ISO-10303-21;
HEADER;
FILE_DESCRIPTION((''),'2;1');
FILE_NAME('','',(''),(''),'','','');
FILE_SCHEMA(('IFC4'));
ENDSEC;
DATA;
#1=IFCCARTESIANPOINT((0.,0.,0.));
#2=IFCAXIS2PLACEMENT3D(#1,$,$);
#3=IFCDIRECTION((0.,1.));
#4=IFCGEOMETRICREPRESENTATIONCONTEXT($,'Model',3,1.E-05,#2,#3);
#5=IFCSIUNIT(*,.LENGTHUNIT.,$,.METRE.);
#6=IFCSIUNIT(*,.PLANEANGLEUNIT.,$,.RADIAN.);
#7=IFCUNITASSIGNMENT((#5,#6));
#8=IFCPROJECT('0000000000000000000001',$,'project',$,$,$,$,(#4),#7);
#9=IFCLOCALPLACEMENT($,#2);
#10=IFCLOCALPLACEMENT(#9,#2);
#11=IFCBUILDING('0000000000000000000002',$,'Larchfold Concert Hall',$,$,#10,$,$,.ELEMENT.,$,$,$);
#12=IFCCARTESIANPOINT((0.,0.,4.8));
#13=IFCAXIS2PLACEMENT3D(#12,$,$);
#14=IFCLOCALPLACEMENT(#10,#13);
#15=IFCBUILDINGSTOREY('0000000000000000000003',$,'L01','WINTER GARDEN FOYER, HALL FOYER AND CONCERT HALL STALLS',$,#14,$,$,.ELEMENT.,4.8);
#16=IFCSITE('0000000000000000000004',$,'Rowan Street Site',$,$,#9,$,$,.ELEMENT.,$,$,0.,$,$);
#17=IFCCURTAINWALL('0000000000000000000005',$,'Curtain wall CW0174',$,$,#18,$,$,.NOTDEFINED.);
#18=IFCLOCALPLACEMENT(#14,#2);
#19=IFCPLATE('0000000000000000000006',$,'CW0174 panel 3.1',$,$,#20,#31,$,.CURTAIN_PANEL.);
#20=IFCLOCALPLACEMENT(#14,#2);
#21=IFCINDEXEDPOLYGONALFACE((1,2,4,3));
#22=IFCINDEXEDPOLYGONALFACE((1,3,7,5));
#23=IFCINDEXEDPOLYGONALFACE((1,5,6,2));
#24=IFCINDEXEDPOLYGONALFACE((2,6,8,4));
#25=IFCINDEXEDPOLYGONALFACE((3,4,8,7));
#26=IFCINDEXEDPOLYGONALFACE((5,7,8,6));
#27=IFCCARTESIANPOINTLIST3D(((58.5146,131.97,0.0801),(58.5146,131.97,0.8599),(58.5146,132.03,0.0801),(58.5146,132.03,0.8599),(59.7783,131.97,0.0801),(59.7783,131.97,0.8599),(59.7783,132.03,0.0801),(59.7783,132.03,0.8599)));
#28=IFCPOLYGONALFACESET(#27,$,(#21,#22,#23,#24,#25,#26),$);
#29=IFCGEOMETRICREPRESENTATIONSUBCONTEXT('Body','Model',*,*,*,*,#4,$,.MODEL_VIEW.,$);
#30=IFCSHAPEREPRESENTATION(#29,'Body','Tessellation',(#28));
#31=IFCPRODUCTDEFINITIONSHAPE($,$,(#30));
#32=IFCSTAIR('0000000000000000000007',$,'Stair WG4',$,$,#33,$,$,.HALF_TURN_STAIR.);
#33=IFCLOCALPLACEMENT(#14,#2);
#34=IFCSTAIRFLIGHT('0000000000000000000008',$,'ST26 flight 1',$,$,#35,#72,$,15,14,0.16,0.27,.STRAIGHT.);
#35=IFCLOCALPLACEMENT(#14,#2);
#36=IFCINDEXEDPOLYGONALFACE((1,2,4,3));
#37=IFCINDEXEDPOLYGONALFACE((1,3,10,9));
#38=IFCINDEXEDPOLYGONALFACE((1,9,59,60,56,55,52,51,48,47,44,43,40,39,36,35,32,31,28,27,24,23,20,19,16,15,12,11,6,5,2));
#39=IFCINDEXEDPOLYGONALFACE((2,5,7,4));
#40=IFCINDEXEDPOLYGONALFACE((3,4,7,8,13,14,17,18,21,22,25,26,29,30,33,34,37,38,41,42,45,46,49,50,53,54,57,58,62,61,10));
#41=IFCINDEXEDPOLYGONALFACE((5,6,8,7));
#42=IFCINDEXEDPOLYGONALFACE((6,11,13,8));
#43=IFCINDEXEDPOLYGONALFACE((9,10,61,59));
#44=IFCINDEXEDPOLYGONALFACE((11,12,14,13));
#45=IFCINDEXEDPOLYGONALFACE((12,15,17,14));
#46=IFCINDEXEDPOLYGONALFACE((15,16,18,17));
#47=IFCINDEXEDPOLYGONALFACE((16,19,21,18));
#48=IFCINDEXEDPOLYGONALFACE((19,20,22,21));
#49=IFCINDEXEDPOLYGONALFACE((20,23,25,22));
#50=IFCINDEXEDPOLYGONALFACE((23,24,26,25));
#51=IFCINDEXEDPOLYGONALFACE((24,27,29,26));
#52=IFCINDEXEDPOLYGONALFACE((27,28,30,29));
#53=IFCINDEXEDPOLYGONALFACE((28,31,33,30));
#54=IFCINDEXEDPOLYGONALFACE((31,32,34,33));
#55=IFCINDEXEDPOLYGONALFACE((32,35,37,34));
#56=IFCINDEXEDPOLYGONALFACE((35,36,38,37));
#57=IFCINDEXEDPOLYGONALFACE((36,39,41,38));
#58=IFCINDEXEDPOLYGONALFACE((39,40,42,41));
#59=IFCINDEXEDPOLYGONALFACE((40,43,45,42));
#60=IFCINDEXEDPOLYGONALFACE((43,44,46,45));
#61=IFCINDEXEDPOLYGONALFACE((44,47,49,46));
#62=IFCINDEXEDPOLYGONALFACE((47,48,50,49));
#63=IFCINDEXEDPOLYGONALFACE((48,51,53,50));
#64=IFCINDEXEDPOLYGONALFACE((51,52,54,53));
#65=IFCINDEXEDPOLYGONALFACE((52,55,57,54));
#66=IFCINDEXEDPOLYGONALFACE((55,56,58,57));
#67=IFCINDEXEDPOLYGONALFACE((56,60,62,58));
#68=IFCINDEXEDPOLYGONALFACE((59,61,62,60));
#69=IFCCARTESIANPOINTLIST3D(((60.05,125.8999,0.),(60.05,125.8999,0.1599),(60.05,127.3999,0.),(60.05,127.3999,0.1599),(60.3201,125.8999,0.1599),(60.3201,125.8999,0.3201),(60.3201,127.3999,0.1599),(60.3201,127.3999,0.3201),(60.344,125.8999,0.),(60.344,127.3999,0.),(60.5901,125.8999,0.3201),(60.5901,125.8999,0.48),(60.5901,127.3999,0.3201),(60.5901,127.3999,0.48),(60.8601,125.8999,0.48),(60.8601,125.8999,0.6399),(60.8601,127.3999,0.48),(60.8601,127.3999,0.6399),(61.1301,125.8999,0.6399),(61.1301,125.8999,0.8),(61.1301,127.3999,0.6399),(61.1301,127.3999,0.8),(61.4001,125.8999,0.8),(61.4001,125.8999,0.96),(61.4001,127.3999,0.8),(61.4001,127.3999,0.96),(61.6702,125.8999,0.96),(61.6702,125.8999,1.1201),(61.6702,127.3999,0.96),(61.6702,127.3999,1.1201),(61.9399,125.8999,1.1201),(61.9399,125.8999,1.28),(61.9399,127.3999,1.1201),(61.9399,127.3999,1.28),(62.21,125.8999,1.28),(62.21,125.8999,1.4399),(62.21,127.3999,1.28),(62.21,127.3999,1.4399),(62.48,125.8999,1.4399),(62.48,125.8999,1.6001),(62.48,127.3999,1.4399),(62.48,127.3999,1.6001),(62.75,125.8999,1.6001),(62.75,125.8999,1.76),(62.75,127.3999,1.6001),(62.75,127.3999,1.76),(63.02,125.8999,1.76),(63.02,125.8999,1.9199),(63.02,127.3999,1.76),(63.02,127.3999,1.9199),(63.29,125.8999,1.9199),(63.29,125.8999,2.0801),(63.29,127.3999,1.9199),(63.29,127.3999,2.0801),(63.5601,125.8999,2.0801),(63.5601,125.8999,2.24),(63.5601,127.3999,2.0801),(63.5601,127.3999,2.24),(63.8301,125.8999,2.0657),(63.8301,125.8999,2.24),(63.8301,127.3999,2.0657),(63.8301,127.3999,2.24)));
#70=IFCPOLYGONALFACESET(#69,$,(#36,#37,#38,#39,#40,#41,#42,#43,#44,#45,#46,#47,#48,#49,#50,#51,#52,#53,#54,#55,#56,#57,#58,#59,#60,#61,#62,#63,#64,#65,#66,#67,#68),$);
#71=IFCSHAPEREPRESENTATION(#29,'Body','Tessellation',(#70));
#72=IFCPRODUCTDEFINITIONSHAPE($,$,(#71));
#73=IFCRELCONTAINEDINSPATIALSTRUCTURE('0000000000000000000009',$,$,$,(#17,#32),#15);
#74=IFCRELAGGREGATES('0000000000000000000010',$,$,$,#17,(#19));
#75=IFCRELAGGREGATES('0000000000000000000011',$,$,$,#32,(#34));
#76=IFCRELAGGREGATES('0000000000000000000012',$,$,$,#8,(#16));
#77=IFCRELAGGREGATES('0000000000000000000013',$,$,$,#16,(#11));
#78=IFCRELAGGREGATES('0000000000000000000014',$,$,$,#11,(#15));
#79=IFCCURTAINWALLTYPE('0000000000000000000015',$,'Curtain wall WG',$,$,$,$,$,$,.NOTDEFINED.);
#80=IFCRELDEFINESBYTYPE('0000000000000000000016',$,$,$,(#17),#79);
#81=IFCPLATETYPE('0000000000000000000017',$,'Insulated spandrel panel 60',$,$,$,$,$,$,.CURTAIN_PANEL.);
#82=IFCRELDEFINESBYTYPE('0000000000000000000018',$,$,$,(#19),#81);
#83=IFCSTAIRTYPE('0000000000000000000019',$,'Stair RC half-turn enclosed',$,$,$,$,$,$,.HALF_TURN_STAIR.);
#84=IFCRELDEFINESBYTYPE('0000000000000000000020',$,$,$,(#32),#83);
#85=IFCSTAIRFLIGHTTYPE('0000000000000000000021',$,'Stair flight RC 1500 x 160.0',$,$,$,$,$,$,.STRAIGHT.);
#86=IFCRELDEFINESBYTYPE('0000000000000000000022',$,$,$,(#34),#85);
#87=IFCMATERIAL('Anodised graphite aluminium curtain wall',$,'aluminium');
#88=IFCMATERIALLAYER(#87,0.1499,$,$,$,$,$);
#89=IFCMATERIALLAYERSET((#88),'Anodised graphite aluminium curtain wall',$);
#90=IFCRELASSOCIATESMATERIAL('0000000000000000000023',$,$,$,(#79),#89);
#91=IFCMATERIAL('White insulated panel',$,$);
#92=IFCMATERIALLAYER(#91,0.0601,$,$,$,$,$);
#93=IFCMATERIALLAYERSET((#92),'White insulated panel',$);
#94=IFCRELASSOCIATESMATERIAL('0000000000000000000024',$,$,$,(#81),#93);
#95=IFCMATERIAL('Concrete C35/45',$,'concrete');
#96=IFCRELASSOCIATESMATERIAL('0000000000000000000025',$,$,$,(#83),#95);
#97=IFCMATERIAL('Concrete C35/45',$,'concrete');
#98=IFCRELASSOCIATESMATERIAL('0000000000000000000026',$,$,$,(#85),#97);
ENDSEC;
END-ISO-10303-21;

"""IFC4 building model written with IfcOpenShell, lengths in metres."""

from ifc_helpers import new_model, si_unit, direction, frame, origin, origin_2d, place, context, subcontext, project, spatial, polyline, rectangle, outline, extrude, material, layer, layer_set, type_object, element, aggregate, save


model = new_model("IFC4")

# Units and contexts
model_context = context("Model", 3, precision=1e-05, world=origin(), true_north=direction((0.0, 1.0)))
body_context = subcontext(model_context, "Body", "Model", "MODEL_VIEW")
ifc_project = project(units=[si_unit("LENGTHUNIT", "METRE"), si_unit("PLANEANGLEUNIT", "RADIAN")], contexts=[model_context])

# Site, building, storey
site_placement = place(None, origin())
site = spatial("IfcSite", under=ifc_project, at=site_placement, Name="Rowan Street Site", CompositionType="ELEMENT", RefElevation=0.0)
building_placement = place(site_placement, origin())
building = spatial("IfcBuilding", under=site, at=building_placement, Name="Larchfold Concert Hall", CompositionType="ELEMENT")
storey_placement = place(building_placement, frame((0.0, 0.0, 4.8)))
storey = spatial("IfcBuildingStorey", under=building, at=storey_placement, Name="L01", Description="WINTER GARDEN FOYER, HALL FOYER AND CONCERT HALL STALLS", CompositionType="ELEMENT", Elevation=4.8)

# Shared definitions
ifc_material_1 = material(Name="Anodised graphite aluminium curtain wall", Category="aluminium")
ifc_layer_1 = layer(ifc_material_1, 0.1499)
ifc_layer_set_1 = layer_set([ifc_layer_1], Name="Anodised graphite aluminium curtain wall")
curtain_wall_type = type_object("IfcCurtainWallType", Name="Curtain wall WG", PredefinedType="NOTDEFINED", material=ifc_layer_set_1)

# Curtain wall
curtain_wall_1_placement = place(storey_placement, origin())
curtain_wall_1 = element("IfcCurtainWall", 1, at=curtain_wall_1_placement, inside=storey, type_object=curtain_wall_type, Name="Curtain wall CW0174", PredefinedType="NOTDEFINED")

# Plate
ifc_material_2 = material(Name="White insulated panel")
ifc_layer_2 = layer(ifc_material_2, 0.0601)
ifc_layer_set_2 = layer_set([ifc_layer_2], Name="White insulated panel")
plate_type_1 = type_object("IfcPlateType", Name="Insulated spandrel panel 60", PredefinedType="CURTAIN_PANEL", material=ifc_layer_set_2)
plate_1_placement = place(storey_placement, frame((59.1465, 132.0, 0.0801), z_axis=(0.0, 0.0, 1.0), x_axis=(-1.0, 0.0, 0.0)))
plate_1 = element("IfcPlate", 2, at=plate_1_placement, type_object=plate_type_1, Name="CW0174 panel 3.1", PredefinedType="CURTAIN_PANEL", context=body_context, shape_type="SweptSolid", body=[
    extrude(rectangle(XDim=1.2637, YDim=0.0601, at=origin_2d()), origin(), (0.0, 0.0, 1.0), 0.7798),
])
aggregate(curtain_wall_1, [plate_1])

# Stair, stair flight
ifc_material_3 = material(Name="Concrete C35/45", Category="concrete")
stair_type = type_object("IfcStairType", Name="Stair RC half-turn enclosed", PredefinedType="HALF_TURN_STAIR", material=ifc_material_3)
stair_placement = place(storey_placement, origin())
stair = element("IfcStair", 3, at=stair_placement, inside=storey, type_object=stair_type, Name="Stair WG4", PredefinedType="HALF_TURN_STAIR")
ifc_material_4 = material(Name="Concrete C35/45", Category="concrete")
stair_flight_type = type_object("IfcStairFlightType", Name="Stair flight RC 1500 x 160.0", PredefinedType="STRAIGHT", material=ifc_material_4)
stair_flight_placement = place(storey_placement, frame((60.05, 126.6499, 0.0), z_axis=(0.0, 0.0, 1.0), x_axis=(1.0, 0.0, 0.0)))
stair_flight = element("IfcStairFlight", 4, at=stair_flight_placement, type_object=stair_flight_type, Name="ST26 flight 1", NumberOfRisers=15, NumberOfTreads=14, PredefinedType="STRAIGHT", RiserHeight=0.16, TreadLength=0.27, context=body_context, shape_type="SweptSolid", body=[
    extrude(outline(polyline([(0.0, 0.0), (0.0, 0.1599), (0.27, 0.1599), (0.27, 0.3201), (0.54, 0.3201), (0.54, 0.48), (0.8101, 0.48), (0.8101, 0.6399), (1.0801, 0.6399), (1.0801, 0.8), (1.3501, 0.8), (1.3501, 0.96), (1.6201, 0.96), (1.6201, 1.1201), (1.8899, 1.1201), (1.8899, 1.28), (2.1599, 1.28), (2.1599, 1.4399), (2.4299, 1.4399), (2.4299, 1.6001), (2.7, 1.6001), (2.7, 1.76), (2.97, 1.76), (2.97, 1.9199), (3.24, 1.9199), (3.24, 2.0801), (3.51, 2.0801), (3.51, 2.24), (3.78, 2.24), (3.78, 2.3999), (3.78, 2.0657), (0.2939, 0.0), (0.0, 0.0)])), frame((0.0, 0.75, 0.0), z_axis=(0.0, -1.0, 0.0), x_axis=(1.0, 0.0, 0.0)), (0.0, 0.0, 1.0), 1.5),
])
aggregate(stair, [stair_flight])

save(model, "model.ifc")
